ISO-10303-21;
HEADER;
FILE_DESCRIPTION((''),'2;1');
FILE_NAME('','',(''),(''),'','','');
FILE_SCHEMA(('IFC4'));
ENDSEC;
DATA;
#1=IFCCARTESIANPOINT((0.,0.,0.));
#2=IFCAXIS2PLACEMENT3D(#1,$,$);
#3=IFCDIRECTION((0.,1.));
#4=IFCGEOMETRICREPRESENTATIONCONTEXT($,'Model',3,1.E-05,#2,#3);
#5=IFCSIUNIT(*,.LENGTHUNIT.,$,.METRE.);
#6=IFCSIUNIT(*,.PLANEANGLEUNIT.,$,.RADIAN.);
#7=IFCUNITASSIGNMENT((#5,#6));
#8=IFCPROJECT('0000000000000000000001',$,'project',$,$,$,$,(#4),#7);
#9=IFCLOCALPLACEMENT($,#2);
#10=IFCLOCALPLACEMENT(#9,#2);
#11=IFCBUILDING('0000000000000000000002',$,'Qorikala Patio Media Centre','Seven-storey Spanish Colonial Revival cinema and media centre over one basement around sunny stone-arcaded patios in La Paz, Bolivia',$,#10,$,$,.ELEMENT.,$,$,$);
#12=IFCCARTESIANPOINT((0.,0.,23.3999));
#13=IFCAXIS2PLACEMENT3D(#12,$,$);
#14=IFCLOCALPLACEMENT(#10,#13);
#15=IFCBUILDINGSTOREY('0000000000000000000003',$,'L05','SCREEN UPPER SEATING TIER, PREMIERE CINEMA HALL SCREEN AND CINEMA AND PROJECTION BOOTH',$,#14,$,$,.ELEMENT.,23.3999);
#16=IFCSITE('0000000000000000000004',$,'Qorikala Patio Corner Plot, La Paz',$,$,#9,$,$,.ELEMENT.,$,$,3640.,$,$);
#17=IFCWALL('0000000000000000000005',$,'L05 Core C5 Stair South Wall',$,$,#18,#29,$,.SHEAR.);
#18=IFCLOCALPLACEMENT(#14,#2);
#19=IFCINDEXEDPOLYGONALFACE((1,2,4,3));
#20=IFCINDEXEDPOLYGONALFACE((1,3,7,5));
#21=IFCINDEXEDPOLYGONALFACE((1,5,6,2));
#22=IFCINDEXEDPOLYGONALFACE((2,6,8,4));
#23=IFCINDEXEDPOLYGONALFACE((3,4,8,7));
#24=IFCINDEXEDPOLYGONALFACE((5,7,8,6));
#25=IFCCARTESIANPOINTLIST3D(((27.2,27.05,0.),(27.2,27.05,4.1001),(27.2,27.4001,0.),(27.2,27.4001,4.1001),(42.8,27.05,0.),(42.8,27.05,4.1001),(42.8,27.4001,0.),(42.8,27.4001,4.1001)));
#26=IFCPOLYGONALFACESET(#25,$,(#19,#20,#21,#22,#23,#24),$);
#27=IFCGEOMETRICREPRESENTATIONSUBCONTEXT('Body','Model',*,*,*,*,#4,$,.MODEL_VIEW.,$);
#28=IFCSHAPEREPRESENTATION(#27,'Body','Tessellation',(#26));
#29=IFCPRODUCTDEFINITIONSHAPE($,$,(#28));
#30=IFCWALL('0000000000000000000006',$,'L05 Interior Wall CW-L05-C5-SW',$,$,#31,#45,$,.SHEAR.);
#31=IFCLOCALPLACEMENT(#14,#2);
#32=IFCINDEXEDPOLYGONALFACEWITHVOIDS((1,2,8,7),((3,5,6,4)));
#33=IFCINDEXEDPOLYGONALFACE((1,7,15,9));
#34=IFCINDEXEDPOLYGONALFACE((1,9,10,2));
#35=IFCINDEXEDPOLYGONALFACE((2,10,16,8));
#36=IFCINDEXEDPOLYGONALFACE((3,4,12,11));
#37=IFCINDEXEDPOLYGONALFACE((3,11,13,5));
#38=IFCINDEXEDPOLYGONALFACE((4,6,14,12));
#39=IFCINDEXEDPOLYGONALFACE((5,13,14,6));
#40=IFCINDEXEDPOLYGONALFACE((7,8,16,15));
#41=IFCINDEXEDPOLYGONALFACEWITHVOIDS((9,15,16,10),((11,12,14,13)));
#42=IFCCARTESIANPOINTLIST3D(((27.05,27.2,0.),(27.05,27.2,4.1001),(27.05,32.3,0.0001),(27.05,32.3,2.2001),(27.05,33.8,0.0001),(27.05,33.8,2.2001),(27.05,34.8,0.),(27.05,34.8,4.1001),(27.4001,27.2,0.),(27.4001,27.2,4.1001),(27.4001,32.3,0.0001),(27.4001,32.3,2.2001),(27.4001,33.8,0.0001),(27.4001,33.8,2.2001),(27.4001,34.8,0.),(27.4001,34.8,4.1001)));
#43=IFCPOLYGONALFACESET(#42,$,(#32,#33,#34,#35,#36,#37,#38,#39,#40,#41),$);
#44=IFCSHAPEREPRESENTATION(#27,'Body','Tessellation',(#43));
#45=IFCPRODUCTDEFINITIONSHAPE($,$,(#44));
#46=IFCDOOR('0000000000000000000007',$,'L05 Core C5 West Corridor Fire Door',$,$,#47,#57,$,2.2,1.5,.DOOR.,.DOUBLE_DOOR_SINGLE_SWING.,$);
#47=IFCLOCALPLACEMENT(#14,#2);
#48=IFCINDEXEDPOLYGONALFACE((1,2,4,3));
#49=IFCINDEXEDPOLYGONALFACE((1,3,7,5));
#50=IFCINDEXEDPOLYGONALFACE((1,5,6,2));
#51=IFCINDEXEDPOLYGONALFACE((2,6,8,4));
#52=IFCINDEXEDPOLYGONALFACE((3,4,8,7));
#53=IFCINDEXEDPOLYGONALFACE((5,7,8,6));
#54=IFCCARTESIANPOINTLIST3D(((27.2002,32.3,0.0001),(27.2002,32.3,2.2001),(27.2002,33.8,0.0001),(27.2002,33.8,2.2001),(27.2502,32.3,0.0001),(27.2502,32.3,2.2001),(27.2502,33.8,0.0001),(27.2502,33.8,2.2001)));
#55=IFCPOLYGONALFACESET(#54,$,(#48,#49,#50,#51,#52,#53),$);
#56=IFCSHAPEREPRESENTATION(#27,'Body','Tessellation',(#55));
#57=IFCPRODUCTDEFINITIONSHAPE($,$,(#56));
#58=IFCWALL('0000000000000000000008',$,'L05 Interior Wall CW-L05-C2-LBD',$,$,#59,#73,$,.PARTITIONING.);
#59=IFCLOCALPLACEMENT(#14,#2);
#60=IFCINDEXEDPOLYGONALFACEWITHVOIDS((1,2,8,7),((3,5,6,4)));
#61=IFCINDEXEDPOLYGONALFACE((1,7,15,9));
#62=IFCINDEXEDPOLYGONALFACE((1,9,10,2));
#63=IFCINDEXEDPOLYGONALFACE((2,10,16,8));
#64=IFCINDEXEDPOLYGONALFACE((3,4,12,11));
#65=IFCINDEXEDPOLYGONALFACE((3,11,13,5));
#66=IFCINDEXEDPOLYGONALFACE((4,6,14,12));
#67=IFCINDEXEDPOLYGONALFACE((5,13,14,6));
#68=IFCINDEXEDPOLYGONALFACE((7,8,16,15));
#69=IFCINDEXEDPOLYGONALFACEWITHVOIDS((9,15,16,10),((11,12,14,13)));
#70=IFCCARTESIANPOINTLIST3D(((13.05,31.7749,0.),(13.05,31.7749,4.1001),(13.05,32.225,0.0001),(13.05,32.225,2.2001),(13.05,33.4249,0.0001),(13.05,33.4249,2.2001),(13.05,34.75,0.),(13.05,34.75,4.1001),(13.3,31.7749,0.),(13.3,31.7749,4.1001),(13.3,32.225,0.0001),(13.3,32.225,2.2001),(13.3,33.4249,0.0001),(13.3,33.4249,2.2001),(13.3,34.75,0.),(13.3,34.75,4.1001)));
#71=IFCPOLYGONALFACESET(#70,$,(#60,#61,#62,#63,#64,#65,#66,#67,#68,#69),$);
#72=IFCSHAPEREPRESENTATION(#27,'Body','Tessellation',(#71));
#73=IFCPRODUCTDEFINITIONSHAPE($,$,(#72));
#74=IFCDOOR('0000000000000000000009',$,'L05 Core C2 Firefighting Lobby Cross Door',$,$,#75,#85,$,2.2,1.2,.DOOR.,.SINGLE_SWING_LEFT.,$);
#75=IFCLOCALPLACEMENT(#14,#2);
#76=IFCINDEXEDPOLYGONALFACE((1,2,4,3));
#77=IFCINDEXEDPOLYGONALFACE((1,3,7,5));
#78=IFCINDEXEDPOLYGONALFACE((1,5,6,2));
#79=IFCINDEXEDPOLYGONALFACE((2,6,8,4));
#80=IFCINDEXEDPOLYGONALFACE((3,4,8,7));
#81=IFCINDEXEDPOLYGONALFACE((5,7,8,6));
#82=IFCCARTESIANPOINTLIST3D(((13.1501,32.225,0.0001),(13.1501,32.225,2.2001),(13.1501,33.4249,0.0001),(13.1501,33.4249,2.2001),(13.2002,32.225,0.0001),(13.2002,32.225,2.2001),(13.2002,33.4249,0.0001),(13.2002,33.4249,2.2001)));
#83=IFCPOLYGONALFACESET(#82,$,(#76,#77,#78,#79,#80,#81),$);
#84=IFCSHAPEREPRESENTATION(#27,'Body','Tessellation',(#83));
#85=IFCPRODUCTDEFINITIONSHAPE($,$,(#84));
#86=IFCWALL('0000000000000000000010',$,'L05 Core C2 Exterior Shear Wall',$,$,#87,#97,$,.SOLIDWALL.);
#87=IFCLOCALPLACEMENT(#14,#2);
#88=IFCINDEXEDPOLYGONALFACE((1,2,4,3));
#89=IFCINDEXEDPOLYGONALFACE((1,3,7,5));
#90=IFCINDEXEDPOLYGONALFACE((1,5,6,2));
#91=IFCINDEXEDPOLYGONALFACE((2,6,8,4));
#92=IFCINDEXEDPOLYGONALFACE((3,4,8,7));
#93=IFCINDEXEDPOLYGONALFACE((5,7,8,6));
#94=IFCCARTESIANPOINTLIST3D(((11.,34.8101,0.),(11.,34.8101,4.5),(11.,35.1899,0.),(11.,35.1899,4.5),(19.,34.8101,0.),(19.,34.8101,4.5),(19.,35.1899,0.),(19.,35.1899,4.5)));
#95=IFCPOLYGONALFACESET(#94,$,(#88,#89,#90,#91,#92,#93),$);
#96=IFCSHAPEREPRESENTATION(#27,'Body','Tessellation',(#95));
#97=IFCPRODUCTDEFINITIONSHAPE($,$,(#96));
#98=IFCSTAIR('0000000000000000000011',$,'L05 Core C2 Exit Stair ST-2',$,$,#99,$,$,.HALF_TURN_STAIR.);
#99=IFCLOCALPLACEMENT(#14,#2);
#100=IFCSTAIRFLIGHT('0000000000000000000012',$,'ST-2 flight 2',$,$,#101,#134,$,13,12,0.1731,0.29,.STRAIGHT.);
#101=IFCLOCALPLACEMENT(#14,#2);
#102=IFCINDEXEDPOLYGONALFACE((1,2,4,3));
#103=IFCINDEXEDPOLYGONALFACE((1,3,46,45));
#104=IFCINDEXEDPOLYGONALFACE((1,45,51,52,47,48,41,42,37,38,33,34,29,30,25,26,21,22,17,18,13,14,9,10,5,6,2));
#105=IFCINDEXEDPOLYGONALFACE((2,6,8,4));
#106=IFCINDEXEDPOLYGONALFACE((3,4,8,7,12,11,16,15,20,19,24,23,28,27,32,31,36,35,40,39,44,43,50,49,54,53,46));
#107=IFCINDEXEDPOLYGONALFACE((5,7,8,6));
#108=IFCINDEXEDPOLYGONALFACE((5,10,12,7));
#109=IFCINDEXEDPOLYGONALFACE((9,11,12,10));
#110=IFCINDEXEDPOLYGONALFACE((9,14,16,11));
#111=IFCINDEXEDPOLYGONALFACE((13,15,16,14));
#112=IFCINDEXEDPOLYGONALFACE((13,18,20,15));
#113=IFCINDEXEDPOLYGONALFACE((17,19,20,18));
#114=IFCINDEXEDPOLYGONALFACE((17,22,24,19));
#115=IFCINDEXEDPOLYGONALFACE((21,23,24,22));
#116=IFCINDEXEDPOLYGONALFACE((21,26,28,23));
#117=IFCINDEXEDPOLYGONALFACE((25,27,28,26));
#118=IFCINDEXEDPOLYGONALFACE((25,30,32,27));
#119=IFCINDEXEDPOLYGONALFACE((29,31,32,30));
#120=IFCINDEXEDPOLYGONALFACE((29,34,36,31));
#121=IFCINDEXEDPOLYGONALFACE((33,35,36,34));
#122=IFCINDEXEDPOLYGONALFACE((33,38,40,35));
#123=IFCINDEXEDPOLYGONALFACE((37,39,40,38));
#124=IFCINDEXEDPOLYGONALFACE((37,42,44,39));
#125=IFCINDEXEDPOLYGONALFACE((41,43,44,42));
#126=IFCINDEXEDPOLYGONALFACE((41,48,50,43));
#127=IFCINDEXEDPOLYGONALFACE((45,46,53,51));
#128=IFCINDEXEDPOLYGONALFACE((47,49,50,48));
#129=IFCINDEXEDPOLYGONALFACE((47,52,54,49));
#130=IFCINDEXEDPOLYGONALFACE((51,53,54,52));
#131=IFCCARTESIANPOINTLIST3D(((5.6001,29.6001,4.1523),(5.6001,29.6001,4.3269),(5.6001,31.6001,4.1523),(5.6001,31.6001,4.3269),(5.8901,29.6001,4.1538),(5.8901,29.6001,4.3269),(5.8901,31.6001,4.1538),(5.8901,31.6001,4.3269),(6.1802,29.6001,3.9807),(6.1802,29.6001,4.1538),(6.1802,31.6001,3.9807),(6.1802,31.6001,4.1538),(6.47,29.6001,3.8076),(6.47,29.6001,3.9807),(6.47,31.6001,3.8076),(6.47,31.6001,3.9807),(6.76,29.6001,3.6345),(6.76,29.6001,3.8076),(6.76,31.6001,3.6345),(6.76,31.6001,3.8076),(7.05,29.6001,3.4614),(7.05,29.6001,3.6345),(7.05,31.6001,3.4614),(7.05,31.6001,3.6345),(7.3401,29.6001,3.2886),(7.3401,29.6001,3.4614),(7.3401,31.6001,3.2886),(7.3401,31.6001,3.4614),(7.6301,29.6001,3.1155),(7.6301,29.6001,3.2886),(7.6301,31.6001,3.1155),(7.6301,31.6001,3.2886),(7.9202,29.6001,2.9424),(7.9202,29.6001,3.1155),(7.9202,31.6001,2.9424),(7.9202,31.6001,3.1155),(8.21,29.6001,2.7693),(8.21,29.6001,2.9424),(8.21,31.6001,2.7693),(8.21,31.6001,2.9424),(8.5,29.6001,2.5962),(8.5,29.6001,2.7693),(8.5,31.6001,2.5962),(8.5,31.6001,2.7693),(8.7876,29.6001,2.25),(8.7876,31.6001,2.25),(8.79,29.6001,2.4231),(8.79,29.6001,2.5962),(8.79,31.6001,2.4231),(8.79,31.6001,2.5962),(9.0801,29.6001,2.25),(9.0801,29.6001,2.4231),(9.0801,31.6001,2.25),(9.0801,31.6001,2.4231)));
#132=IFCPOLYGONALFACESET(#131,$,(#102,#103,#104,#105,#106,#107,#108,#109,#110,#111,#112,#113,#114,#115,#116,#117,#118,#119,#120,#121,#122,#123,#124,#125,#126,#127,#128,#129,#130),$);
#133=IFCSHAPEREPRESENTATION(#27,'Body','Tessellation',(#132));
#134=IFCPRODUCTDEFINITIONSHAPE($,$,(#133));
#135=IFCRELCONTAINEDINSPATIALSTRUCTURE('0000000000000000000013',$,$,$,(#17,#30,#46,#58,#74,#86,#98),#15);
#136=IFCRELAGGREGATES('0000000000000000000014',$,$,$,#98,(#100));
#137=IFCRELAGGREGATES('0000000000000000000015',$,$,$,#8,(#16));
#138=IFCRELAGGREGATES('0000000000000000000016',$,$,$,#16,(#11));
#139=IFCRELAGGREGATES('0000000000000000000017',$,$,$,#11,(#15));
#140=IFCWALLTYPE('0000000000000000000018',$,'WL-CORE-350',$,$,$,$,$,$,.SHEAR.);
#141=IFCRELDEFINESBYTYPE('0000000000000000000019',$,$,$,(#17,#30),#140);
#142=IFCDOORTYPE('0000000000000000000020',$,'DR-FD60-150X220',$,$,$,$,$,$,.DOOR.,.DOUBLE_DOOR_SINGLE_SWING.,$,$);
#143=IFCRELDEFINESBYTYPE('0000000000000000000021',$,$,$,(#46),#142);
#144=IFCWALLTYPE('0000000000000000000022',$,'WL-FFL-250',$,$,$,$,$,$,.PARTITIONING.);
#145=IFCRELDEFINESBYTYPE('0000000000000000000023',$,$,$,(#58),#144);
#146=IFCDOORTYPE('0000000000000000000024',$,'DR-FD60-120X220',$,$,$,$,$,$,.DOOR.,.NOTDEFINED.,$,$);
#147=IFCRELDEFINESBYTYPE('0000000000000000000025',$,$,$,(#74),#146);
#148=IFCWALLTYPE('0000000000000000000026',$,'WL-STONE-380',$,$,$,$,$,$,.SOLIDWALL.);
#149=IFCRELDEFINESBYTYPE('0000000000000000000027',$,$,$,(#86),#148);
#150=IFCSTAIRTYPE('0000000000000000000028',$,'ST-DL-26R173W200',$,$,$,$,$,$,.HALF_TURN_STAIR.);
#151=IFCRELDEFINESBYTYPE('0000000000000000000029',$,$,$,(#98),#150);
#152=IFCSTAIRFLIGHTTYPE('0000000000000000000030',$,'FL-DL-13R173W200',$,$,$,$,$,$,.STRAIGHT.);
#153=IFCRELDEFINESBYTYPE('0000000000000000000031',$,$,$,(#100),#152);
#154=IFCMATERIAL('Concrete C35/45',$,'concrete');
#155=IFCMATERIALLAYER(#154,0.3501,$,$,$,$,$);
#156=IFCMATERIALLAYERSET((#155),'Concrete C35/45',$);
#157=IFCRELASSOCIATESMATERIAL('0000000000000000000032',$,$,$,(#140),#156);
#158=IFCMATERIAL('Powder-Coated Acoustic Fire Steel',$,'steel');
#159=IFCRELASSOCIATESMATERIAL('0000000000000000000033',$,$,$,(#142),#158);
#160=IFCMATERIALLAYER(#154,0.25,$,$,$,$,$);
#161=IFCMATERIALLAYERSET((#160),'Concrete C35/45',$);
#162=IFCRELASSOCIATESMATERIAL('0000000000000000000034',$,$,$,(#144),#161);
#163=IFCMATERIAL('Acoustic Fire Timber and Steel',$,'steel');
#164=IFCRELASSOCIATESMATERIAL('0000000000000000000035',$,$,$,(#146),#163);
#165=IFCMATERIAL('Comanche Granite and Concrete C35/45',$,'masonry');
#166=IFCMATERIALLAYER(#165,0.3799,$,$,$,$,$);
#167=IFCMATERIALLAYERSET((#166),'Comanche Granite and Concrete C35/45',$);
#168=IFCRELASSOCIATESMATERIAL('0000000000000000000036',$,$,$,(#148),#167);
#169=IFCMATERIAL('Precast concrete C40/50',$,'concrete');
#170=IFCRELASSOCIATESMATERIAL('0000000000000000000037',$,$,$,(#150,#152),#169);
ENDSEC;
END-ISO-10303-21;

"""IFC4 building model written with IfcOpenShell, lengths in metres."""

from ifc_helpers import new_model, si_unit, direction, frame, frame_2d, origin, place, context, subcontext, project, spatial, polyline, rectangle, outline, extrude, material, layer, layer_set, type_object, element, fill, aggregate, save


model = new_model("IFC4")

# Units and contexts
model_context = context("Model", 3, precision=1e-05, world=origin(), true_north=direction((0.0, 1.0)))
body_context = subcontext(model_context, "Body", "Model", "MODEL_VIEW")
ifc_project = project(units=[si_unit("LENGTHUNIT", "METRE"), si_unit("PLANEANGLEUNIT", "RADIAN")], contexts=[model_context])

# Site, building, storey
site_placement = place(None, origin())
site = spatial("IfcSite", under=ifc_project, at=site_placement, Name="Qorikala Patio Corner Plot, La Paz", CompositionType="ELEMENT", RefElevation=3640.0)
building_placement = place(site_placement, origin())
building = spatial("IfcBuilding", under=site, at=building_placement, Name="Qorikala Patio Media Centre", Description="Seven-storey Spanish Colonial Revival cinema and media centre over one basement around sunny stone-arcaded patios in La Paz, Bolivia", CompositionType="ELEMENT")
storey_placement = place(building_placement, frame((0.0, 0.0, 23.3999)))
storey = spatial("IfcBuildingStorey", under=building, at=storey_placement, Name="L05", Description="SCREEN UPPER SEATING TIER, PREMIERE CINEMA HALL SCREEN AND CINEMA AND PROJECTION BOOTH", CompositionType="ELEMENT", Elevation=23.3999)

# Shared definitions
ifc_material_1 = material(Name="Concrete C35/45", Category="concrete")

# Shared definitions
ifc_layer_1 = layer(ifc_material_1, 0.3501)
ifc_layer_set_1 = layer_set([ifc_layer_1], Name="Concrete C35/45")
wall_type_1 = type_object("IfcWallType", Name="WL-CORE-350", PredefinedType="SHEAR", material=ifc_layer_set_1)

# Shared definitions
ifc_material_2 = material(Name="Powder-Coated Acoustic Fire Steel", Category="steel")
door_type_1 = type_object("IfcDoorType", Name="DR-FD60-150X220", OperationType="DOUBLE_DOOR_SINGLE_SWING", PredefinedType="DOOR", material=ifc_material_2)

# Wall
wall_1_placement = place(storey_placement, frame((27.2, 27.2251, 0.0), z_axis=(0.0, 0.0, 1.0), x_axis=(1.0, 0.0, 0.0)))
element("IfcWall", 1, at=wall_1_placement, inside=storey, type_object=wall_type_1, Name="L05 Core C5 Stair South Wall", PredefinedType="SHEAR", context=body_context, shape_type="SweptSolid", body=[
    extrude(rectangle(XDim=15.6001, YDim=0.3501, at=frame_2d((7.8, 0.0))), origin(), (0.0, 0.0, 1.0), 4.1001),
])

# Walls, openings, doors
wall_2_placement = place(storey_placement, frame((27.2251, 27.2, 0.0), z_axis=(0.0, 0.0, 1.0), x_axis=(0.0, 1.0, 0.0)))
wall_2 = element("IfcWall", 2, at=wall_2_placement, inside=storey, type_object=wall_type_1, Name="L05 Interior Wall CW-L05-C5-SW", PredefinedType="SHEAR", context=body_context, shape_type="SweptSolid", body=[
    extrude(rectangle(XDim=7.6001, YDim=0.3501, at=frame_2d((3.8, 0.0))), origin(), (0.0, 0.0, 1.0), 4.1001),
])
opening_1_placement = place(wall_2_placement, frame((5.1001, 0.0, 0.0)))
opening_1 = element("IfcOpeningElement", 3, at=opening_1_placement, cuts=wall_2, PredefinedType="OPENING", context=body_context, shape_type="SweptSolid", body=[
    extrude(rectangle(XDim=1.5, YDim=2.2, at=frame_2d((0.75, 1.1001))), frame((0.0, 0.1851, 0.0), z_axis=(0.0, -1.0, 0.0), x_axis=(1.0, 0.0, 0.0)), (0.0, 0.0, 1.0), 0.3701),
])
door_1_placement = place(opening_1_placement, origin())
door_1 = element("IfcDoor", 4, at=door_1_placement, inside=storey, type_object=door_type_1, Name="L05 Core C5 West Corridor Fire Door", OperationType="DOUBLE_DOOR_SINGLE_SWING", OverallHeight=2.2, OverallWidth=1.5, PredefinedType="DOOR", context=body_context, shape_type="SweptSolid", body=[
    extrude(rectangle(XDim=1.5, YDim=2.2, at=frame_2d((0.75, 1.1001))), frame((0.0, 0.0249, 0.0), z_axis=(0.0, -1.0, 0.0), x_axis=(1.0, 0.0, 0.0)), (0.0, 0.0, 1.0), 0.05),
])
fill(opening_1, door_1)
ifc_layer_2 = layer(ifc_material_1, 0.25)
ifc_layer_set_2 = layer_set([ifc_layer_2], Name="Concrete C35/45")
wall_type_2 = type_object("IfcWallType", Name="WL-FFL-250", PredefinedType="PARTITIONING", material=ifc_layer_set_2)
wall_3_placement = place(storey_placement, frame((13.175, 31.7749, 0.0), z_axis=(0.0, 0.0, 1.0), x_axis=(0.0, 1.0, 0.0)))
wall_3 = element("IfcWall", 5, at=wall_3_placement, inside=storey, type_object=wall_type_2, Name="L05 Interior Wall CW-L05-C2-LBD", PredefinedType="PARTITIONING", context=body_context, shape_type="SweptSolid", body=[
    extrude(rectangle(XDim=2.9751, YDim=0.25, at=frame_2d((1.4875, 0.0))), origin(), (0.0, 0.0, 1.0), 4.1001),
])
opening_2_placement = place(wall_3_placement, frame((0.45, 0.0, 0.0)))
opening_2 = element("IfcOpeningElement", 6, at=opening_2_placement, cuts=wall_3, PredefinedType="OPENING", context=body_context, shape_type="SweptSolid", body=[
    extrude(rectangle(XDim=1.2, YDim=2.2, at=frame_2d((0.6001, 1.1001))), frame((0.0, 0.135, 0.0), z_axis=(0.0, -1.0, 0.0), x_axis=(1.0, 0.0, 0.0)), (0.0, 0.0, 1.0), 0.27),
])
ifc_material_3 = material(Name="Acoustic Fire Timber and Steel", Category="steel")
door_type_2 = type_object("IfcDoorType", Name="DR-FD60-120X220", OperationType="NOTDEFINED", PredefinedType="DOOR", material=ifc_material_3)
door_2_placement = place(opening_2_placement, origin())
door_2 = element("IfcDoor", 7, at=door_2_placement, inside=storey, type_object=door_type_2, Name="L05 Core C2 Firefighting Lobby Cross Door", OperationType="SINGLE_SWING_LEFT", OverallHeight=2.2, OverallWidth=1.2, PredefinedType="DOOR", context=body_context, shape_type="SweptSolid", body=[
    extrude(rectangle(XDim=1.2, YDim=2.2, at=frame_2d((0.6001, 1.1001))), frame((0.0, 0.0249, 0.0), z_axis=(0.0, -1.0, 0.0), x_axis=(1.0, 0.0, 0.0)), (0.0, 0.0, 1.0), 0.05),
])
fill(opening_2, door_2)

# Wall
ifc_material_4 = material(Name="Comanche Granite and Concrete C35/45", Category="masonry")
ifc_layer_3 = layer(ifc_material_4, 0.3799)
ifc_layer_set_3 = layer_set([ifc_layer_3], Name="Comanche Granite and Concrete C35/45")
wall_type_3 = type_object("IfcWallType", Name="WL-STONE-380", PredefinedType="SOLIDWALL", material=ifc_layer_set_3)
wall_4_placement = place(storey_placement, frame((11.0, 35.0, 0.0), z_axis=(0.0, 0.0, 1.0), x_axis=(1.0, 0.0, 0.0)))
element("IfcWall", 8, at=wall_4_placement, inside=storey, type_object=wall_type_3, Name="L05 Core C2 Exterior Shear Wall", PredefinedType="SOLIDWALL", context=body_context, shape_type="SweptSolid", body=[
    extrude(rectangle(XDim=8.0, YDim=0.3799, at=frame_2d((4.0, 0.0))), origin(), (0.0, 0.0, 1.0), 4.5),
])

# Stair, stair flight
ifc_material_5 = material(Name="Precast concrete C40/50", Category="concrete")
stair_type = type_object("IfcStairType", Name="ST-DL-26R173W200", PredefinedType="HALF_TURN_STAIR", material=ifc_material_5)
stair_placement = place(storey_placement, origin())
stair = element("IfcStair", 9, at=stair_placement, inside=storey, type_object=stair_type, Name="L05 Core C2 Exit Stair ST-2", PredefinedType="HALF_TURN_STAIR")
stair_flight_type = type_object("IfcStairFlightType", Name="FL-DL-13R173W200", PredefinedType="STRAIGHT", material=ifc_material_5)
stair_flight_placement = place(storey_placement, frame((9.0801, 30.6001, 2.25), z_axis=(0.0, 0.0, 1.0), x_axis=(-1.0, 0.0, 0.0)))
stair_flight = element("IfcStairFlight", 10, at=stair_flight_placement, type_object=stair_flight_type, Name="ST-2 flight 2", NumberOfRisers=13, NumberOfTreads=12, PredefinedType="STRAIGHT", RiserHeight=0.1731, TreadLength=0.29, context=body_context, shape_type="SweptSolid", body=[
    extrude(outline(polyline([(0.0, 0.0), (0.0, 0.1731), (0.29, 0.1731), (0.29, 0.3462), (0.5801, 0.3462), (0.5801, 0.5193), (0.8701, 0.5193), (0.8701, 0.6924), (1.1599, 0.6924), (1.1599, 0.8655), (1.45, 0.8655), (1.45, 1.0386), (1.74, 1.0386), (1.74, 1.2114), (2.03, 1.2114), (2.03, 1.3845), (2.3201, 1.3845), (2.3201, 1.5576), (2.6101, 1.5576), (2.6101, 1.7307), (2.8999, 1.7307), (2.8999, 1.9038), (3.1899, 1.9038), (3.1899, 2.0769), (3.48, 2.0769), (3.48, 2.25), (3.48, 1.9023), (0.2925, 0.0), (0.0, 0.0)])), frame((0.0, 1.0, 0.0), z_axis=(0.0, -1.0, 0.0), x_axis=(1.0, 0.0, 0.0)), (0.0, 0.0, 1.0), 2.0),
])
aggregate(stair, [stair_flight])

save(model, "model.ifc")
